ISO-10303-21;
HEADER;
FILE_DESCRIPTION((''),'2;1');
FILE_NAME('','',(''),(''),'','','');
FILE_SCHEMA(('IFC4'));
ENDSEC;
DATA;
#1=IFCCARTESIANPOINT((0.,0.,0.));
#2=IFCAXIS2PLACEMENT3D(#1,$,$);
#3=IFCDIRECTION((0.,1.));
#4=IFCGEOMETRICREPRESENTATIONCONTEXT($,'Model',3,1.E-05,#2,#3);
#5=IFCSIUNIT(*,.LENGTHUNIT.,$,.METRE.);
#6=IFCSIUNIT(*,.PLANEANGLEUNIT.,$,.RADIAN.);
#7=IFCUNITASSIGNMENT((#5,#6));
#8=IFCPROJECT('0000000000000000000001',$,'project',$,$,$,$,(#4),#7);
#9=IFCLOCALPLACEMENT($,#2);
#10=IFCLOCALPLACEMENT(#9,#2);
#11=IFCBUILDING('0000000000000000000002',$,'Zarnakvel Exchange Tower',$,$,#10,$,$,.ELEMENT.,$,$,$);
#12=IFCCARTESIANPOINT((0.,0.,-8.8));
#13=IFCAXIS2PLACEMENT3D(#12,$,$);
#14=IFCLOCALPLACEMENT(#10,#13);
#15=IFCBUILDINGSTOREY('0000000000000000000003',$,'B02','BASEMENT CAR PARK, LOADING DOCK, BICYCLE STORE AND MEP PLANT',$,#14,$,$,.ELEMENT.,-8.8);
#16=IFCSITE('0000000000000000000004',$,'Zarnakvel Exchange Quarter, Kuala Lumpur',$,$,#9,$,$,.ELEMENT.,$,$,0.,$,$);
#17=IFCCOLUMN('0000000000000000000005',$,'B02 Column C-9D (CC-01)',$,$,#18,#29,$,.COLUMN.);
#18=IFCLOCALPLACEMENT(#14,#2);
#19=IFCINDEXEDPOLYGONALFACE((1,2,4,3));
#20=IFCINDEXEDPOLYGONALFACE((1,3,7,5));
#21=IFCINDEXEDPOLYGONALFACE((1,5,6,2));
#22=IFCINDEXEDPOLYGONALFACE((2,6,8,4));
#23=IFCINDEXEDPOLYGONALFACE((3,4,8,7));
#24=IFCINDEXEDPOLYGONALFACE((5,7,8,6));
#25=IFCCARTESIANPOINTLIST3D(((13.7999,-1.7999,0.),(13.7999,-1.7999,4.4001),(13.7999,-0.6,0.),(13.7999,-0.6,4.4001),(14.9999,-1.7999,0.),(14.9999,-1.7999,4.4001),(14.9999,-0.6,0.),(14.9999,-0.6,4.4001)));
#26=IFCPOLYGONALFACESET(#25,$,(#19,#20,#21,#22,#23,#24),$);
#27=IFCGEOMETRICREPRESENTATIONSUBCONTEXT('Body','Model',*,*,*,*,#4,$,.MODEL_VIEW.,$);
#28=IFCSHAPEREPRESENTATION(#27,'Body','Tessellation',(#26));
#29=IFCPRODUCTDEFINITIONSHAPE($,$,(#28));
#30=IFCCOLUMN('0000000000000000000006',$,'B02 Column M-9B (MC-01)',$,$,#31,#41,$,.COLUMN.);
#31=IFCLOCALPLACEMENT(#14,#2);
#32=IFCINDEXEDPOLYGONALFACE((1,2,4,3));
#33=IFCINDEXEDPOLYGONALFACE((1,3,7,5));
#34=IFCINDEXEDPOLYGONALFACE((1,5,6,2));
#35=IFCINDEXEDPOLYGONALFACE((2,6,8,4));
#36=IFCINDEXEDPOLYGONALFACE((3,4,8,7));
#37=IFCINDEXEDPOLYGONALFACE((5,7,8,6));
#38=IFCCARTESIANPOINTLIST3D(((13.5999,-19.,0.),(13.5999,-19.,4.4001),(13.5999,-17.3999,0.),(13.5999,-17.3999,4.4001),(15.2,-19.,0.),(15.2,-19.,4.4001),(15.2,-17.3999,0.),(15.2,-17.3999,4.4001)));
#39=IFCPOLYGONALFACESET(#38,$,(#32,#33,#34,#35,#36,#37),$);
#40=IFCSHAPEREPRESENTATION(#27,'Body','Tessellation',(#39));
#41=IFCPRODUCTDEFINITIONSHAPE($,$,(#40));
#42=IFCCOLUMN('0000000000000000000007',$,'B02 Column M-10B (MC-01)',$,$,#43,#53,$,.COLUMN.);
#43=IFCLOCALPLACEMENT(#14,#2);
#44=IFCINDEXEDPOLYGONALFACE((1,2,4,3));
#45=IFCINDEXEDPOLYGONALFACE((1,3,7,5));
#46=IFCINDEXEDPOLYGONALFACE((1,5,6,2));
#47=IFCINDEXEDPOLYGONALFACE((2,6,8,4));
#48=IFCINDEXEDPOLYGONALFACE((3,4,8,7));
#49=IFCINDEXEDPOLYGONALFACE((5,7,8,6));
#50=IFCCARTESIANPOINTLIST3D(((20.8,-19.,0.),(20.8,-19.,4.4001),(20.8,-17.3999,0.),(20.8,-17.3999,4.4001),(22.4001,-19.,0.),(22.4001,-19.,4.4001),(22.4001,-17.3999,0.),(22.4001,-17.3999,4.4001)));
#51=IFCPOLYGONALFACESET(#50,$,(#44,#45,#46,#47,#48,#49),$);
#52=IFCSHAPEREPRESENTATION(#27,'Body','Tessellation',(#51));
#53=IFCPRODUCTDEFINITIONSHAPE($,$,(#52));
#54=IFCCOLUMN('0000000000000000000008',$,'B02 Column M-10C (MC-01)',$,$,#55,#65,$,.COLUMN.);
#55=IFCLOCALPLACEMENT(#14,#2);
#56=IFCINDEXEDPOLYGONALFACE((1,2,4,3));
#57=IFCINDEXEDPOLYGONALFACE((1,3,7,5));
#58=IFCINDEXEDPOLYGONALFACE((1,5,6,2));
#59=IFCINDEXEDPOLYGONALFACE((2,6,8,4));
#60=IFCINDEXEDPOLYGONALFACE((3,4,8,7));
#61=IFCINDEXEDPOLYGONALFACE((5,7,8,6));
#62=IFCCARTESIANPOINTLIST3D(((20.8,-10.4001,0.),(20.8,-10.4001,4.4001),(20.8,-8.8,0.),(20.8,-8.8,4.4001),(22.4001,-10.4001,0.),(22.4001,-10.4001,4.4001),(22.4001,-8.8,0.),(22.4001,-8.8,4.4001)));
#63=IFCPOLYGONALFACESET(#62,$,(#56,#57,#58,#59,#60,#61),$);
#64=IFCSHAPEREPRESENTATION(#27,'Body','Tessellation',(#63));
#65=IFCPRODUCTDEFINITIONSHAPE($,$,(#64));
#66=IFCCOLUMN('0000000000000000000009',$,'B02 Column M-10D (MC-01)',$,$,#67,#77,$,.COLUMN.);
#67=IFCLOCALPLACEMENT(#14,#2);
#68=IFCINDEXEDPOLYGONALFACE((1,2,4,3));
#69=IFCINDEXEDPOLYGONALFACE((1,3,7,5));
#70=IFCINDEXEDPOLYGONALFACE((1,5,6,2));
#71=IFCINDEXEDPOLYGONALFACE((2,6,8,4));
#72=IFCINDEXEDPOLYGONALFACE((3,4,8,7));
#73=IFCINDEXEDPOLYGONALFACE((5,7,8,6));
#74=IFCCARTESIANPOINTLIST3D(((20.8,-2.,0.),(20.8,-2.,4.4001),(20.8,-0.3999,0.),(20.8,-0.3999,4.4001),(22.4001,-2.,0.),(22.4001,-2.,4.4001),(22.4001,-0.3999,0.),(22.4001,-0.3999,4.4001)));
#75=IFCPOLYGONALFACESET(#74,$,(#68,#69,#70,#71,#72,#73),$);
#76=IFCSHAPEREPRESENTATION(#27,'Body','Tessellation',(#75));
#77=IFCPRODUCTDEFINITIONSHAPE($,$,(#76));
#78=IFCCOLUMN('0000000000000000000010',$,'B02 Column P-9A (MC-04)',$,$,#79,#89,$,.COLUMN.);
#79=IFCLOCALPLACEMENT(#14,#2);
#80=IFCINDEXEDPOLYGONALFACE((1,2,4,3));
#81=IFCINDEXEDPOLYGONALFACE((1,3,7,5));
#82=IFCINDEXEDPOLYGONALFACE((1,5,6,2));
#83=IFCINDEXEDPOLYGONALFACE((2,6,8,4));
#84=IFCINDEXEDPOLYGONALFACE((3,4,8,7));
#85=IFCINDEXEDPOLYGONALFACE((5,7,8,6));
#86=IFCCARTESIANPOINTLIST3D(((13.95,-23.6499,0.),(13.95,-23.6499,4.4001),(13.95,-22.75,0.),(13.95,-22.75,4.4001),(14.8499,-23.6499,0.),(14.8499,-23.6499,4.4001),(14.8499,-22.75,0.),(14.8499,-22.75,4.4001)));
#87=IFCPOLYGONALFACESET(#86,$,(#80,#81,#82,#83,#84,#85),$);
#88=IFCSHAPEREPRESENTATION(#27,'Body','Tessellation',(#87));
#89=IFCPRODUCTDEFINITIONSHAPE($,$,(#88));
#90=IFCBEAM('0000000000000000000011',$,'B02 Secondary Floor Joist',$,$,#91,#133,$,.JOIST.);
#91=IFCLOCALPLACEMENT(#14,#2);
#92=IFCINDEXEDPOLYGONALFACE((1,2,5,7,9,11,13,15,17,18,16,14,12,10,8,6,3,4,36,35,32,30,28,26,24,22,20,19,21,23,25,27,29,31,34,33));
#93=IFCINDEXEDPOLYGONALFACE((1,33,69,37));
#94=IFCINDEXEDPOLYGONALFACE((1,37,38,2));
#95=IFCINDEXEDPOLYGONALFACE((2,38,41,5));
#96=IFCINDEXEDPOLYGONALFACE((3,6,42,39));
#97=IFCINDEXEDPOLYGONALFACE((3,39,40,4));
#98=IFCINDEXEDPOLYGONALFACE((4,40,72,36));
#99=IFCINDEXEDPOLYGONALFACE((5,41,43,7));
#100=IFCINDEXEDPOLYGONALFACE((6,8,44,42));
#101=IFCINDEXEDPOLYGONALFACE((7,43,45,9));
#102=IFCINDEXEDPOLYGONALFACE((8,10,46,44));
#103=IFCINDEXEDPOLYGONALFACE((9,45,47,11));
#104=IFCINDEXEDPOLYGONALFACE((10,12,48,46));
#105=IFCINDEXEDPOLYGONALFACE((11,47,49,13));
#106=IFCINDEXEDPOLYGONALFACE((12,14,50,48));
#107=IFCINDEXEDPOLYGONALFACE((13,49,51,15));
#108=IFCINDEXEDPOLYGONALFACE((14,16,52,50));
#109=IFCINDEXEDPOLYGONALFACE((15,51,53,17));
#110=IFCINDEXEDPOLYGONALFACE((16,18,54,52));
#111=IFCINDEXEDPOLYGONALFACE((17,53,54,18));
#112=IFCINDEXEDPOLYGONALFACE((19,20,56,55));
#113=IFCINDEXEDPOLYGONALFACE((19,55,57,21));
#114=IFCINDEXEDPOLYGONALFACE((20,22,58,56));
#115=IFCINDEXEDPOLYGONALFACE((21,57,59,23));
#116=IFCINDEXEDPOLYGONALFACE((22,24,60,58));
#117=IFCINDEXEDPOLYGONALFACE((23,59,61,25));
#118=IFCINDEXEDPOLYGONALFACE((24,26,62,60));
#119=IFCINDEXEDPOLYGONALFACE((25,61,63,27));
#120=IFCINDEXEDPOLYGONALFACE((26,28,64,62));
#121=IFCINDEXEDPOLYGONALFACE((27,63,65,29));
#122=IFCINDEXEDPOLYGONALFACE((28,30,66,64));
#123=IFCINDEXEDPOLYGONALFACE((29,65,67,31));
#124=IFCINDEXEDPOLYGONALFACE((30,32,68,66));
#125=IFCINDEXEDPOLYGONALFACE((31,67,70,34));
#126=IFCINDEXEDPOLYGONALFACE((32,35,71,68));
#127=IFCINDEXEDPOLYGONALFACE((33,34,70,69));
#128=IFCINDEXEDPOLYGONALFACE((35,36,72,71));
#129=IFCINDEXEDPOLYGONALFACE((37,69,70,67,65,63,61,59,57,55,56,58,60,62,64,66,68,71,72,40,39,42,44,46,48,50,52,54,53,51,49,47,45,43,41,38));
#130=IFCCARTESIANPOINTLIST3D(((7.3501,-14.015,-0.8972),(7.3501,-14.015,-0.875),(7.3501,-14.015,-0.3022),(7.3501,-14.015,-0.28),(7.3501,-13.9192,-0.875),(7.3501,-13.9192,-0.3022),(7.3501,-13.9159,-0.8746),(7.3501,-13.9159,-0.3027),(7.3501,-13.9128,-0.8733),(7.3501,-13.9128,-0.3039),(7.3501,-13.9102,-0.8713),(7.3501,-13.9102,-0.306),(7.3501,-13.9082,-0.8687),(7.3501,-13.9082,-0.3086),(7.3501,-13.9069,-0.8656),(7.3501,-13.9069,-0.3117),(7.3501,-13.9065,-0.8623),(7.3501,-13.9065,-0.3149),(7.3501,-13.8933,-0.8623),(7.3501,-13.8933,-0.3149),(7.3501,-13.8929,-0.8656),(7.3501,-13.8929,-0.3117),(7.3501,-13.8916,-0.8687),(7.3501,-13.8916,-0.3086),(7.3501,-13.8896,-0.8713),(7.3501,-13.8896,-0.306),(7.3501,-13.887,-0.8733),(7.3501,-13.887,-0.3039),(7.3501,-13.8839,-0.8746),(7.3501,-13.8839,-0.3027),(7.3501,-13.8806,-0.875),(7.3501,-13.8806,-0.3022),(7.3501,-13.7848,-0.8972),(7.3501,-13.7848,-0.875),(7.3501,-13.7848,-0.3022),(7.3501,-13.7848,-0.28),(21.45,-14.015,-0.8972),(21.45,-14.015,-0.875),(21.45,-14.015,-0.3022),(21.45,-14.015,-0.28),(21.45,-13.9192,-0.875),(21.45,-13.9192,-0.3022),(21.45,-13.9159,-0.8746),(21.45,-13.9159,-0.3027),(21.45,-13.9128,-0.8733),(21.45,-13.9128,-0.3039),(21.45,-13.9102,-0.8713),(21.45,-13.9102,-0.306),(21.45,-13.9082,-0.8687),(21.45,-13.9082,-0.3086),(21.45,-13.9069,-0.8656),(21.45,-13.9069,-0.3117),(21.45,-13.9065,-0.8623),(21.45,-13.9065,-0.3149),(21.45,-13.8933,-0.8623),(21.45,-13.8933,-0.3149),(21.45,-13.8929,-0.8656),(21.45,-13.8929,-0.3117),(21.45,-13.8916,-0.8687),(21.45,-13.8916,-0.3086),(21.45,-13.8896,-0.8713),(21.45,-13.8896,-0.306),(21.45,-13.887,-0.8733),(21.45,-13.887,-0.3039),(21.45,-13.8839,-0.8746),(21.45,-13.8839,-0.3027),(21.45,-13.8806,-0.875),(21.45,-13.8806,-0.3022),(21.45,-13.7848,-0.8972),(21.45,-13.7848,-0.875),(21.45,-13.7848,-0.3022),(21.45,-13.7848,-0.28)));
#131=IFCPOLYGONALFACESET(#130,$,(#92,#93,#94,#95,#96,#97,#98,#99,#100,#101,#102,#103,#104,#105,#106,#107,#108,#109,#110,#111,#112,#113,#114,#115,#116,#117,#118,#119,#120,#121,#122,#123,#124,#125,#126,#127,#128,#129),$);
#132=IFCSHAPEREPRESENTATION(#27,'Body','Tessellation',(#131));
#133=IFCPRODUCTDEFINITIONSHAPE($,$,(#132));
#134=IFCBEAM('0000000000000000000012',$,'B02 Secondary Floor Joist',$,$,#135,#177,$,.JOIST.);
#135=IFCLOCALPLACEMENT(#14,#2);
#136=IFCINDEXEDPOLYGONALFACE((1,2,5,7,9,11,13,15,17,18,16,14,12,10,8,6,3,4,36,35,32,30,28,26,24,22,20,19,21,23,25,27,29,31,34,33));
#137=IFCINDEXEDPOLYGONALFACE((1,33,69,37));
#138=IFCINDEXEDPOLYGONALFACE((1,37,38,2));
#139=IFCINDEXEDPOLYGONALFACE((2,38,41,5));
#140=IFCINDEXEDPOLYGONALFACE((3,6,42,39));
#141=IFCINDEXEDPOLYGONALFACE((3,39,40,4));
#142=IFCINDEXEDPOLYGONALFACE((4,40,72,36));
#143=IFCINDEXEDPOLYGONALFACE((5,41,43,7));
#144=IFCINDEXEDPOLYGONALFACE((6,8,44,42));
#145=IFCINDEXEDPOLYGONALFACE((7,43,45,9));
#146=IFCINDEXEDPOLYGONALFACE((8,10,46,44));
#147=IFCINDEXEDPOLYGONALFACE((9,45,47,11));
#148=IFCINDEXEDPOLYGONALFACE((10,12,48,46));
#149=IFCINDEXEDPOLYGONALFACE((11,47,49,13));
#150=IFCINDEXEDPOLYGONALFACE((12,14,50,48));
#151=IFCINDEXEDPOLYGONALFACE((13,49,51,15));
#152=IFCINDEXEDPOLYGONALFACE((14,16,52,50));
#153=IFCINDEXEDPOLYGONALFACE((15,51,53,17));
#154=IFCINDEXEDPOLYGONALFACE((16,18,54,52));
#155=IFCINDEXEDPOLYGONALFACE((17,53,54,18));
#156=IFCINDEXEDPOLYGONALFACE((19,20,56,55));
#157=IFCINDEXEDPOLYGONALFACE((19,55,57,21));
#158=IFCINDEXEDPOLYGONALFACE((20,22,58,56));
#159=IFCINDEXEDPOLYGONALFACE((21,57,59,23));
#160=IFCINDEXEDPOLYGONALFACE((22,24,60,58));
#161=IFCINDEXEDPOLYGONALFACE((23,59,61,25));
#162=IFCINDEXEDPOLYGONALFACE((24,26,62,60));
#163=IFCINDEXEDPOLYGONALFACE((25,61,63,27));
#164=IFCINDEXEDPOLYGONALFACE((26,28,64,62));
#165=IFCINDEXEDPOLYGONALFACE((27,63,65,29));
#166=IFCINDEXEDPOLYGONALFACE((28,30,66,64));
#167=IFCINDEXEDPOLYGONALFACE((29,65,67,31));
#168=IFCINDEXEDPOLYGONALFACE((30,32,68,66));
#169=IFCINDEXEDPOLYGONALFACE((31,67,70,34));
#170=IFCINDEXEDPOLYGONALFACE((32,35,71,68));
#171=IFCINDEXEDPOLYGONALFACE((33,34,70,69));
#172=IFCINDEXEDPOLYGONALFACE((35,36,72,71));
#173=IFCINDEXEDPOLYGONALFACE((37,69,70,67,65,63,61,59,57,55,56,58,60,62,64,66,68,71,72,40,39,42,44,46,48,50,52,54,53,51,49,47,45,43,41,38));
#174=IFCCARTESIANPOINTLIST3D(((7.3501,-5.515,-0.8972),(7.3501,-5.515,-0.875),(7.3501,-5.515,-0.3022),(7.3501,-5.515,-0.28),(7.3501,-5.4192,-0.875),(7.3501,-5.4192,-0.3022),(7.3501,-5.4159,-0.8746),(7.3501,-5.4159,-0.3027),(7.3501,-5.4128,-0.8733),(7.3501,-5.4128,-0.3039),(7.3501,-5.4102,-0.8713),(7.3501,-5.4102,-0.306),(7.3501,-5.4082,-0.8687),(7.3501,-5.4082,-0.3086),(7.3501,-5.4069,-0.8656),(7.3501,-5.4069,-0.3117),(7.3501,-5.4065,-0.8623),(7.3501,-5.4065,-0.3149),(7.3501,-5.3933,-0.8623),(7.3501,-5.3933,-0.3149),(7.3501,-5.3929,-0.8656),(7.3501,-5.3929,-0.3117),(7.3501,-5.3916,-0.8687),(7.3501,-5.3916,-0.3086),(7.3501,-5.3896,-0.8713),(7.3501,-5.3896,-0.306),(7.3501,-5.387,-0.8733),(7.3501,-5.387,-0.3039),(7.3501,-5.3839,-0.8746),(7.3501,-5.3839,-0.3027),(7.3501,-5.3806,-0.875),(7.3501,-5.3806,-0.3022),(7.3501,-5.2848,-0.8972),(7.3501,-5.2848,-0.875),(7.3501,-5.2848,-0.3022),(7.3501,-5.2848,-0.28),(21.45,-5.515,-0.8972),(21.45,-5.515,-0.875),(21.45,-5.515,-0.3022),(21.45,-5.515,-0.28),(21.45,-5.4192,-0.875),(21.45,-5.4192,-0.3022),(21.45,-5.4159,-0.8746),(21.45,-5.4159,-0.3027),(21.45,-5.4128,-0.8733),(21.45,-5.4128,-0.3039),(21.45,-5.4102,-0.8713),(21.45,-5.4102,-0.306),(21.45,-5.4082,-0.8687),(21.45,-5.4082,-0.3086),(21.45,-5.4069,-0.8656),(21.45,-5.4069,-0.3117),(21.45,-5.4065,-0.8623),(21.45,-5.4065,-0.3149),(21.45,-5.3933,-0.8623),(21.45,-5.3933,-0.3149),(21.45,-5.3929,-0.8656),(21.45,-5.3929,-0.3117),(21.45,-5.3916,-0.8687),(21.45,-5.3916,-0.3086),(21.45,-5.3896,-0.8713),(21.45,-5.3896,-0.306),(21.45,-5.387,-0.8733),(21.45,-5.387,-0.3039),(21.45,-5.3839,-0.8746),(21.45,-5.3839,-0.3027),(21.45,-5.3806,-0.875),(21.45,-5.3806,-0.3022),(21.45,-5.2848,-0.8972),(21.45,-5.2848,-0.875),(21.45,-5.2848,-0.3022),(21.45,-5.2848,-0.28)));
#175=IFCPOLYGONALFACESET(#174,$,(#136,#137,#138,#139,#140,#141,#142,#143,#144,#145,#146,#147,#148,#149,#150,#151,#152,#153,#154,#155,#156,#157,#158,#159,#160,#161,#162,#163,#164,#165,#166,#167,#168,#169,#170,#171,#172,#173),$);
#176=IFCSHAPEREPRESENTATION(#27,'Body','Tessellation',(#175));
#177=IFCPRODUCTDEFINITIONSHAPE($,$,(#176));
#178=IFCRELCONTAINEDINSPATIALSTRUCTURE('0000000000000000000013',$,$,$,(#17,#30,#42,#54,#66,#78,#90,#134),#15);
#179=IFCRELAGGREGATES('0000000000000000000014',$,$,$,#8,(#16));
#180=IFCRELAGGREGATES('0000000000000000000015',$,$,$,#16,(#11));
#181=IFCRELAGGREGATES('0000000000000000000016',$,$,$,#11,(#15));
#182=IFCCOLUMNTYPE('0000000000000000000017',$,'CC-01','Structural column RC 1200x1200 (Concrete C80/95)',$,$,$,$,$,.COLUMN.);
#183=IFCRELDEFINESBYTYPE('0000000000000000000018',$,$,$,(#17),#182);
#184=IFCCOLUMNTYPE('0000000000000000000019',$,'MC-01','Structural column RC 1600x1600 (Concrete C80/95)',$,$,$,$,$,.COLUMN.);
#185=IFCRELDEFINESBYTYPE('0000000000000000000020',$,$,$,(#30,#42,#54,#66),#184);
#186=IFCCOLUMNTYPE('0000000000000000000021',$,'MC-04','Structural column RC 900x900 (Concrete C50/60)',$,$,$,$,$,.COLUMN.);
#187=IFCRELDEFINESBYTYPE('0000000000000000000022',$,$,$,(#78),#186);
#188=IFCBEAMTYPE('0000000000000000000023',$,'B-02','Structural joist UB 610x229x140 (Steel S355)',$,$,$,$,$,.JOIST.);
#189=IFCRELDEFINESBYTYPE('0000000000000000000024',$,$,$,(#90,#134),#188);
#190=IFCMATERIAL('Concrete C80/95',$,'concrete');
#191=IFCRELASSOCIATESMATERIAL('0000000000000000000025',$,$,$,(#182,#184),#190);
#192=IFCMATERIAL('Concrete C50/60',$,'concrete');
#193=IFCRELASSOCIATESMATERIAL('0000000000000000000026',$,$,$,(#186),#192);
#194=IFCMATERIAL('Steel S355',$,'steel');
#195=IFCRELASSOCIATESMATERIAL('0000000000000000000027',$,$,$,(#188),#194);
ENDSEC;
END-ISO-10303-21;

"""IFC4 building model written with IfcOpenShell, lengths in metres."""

from ifc_helpers import new_model, si_unit, direction, frame, origin, origin_2d, place, context, subcontext, project, spatial, rectangle, i_section, extrude, material, material_profile, profile_set, type_object, element, save


model = new_model("IFC4")

# Units and contexts
model_context = context("Model", 3, precision=1e-05, world=origin(), true_north=direction((0.0, 1.0)))
body_context = subcontext(model_context, "Body", "Model", "MODEL_VIEW")
ifc_project = project(units=[si_unit("LENGTHUNIT", "METRE"), si_unit("PLANEANGLEUNIT", "RADIAN")], contexts=[model_context])

# Site, building, storey
site_placement = place(None, origin())
site = spatial("IfcSite", under=ifc_project, at=site_placement, Name="Zarnakvel Exchange Quarter, Kuala Lumpur", CompositionType="ELEMENT", RefElevation=0.0)
building_placement = place(site_placement, origin())
building = spatial("IfcBuilding", under=site, at=building_placement, Name="Zarnakvel Exchange Tower", CompositionType="ELEMENT")
storey_placement = place(building_placement, frame((0.0, 0.0, -8.8)))
storey = spatial("IfcBuildingStorey", under=building, at=storey_placement, Name="B02", Description="BASEMENT CAR PARK, LOADING DOCK, BICYCLE STORE AND MEP PLANT", CompositionType="ELEMENT", Elevation=-8.8)

# Columns
ifc_material_1 = material(Name="Concrete C80/95", Category="concrete")
ifc_material_profile_1 = material_profile(ifc_material_1, rectangle(XDim=1.2, YDim=1.2, at=origin_2d()))
ifc_profile_set_1 = profile_set([ifc_material_profile_1], Name="Concrete C80/95")
column_type_1 = type_object("IfcColumnType", Name="CC-01", Description="Structural column RC 1200x1200 (Concrete C80/95)", PredefinedType="COLUMN", material=ifc_profile_set_1)
column_1_placement = place(storey_placement, frame((14.3999, -1.2, 0.0), z_axis=(0.0, 0.0, 1.0), x_axis=(1.0, 0.0, 0.0)))
element("IfcColumn", 1, at=column_1_placement, inside=storey, type_object=column_type_1, Name="B02 Column C-9D (CC-01)", PredefinedType="COLUMN", context=body_context, shape_type="SweptSolid", body=[
    extrude(rectangle(XDim=1.2, YDim=1.2, at=origin_2d()), origin(), (0.0, 0.0, 1.0), 4.4001),
])
ifc_material_profile_2 = material_profile(ifc_material_1, rectangle(XDim=1.6001, YDim=1.6001, at=origin_2d()))
ifc_profile_set_2 = profile_set([ifc_material_profile_2], Name="Concrete C80/95")
column_type_2 = type_object("IfcColumnType", Name="MC-01", Description="Structural column RC 1600x1600 (Concrete C80/95)", PredefinedType="COLUMN", material=ifc_profile_set_2)
for number, where, z_axis, x_axis, name in (
    (2, (14.3999, -18.2, 0.0), (0.0, 0.0, 1.0), (1.0, 0.0, 0.0), "B02 Column M-9B (MC-01)"),
    (3, (21.6001, -18.2, 0.0), (0.0, 0.0, 1.0), (1.0, 0.0, 0.0), "B02 Column M-10B (MC-01)"),
    (4, (21.6001, -9.6001, 0.0), (0.0, 0.0, 1.0), (1.0, 0.0, 0.0), "B02 Column M-10C (MC-01)"),
    (5, (21.6001, -1.2, 0.0), (0.0, 0.0, 1.0), (1.0, 0.0, 0.0), "B02 Column M-10D (MC-01)"),
):
    element("IfcColumn", number, at=place(storey_placement, frame(where, z_axis=z_axis, x_axis=x_axis)), inside=storey, type_object=column_type_2, Name=name, PredefinedType="COLUMN", context=body_context, shape_type="SweptSolid", body=[
        extrude(rectangle(XDim=1.6001, YDim=1.6001, at=origin_2d()), origin(), (0.0, 0.0, 1.0), 4.4001),
    ])
ifc_material_2 = material(Name="Concrete C50/60", Category="concrete")
ifc_material_profile_3 = material_profile(ifc_material_2, rectangle(XDim=0.8999, YDim=0.8999, at=origin_2d()))
ifc_profile_set_3 = profile_set([ifc_material_profile_3], Name="Concrete C50/60")
column_type_3 = type_object("IfcColumnType", Name="MC-04", Description="Structural column RC 900x900 (Concrete C50/60)", PredefinedType="COLUMN", material=ifc_profile_set_3)
column_2_placement = place(storey_placement, frame((14.3999, -23.2, 0.0), z_axis=(0.0, 0.0, 1.0), x_axis=(1.0, 0.0, 0.0)))
element("IfcColumn", 6, at=column_2_placement, inside=storey, type_object=column_type_3, Name="B02 Column P-9A (MC-04)", PredefinedType="COLUMN", context=body_context, shape_type="SweptSolid", body=[
    extrude(rectangle(XDim=0.8999, YDim=0.8999, at=origin_2d()), origin(), (0.0, 0.0, 1.0), 4.4001),
])

# Beams
ifc_material_3 = material(Name="Steel S355", Category="steel")
ifc_material_profile_4 = material_profile(ifc_material_3, i_section(OverallWidth=0.2302, OverallDepth=0.6172, WebThickness=0.0132, FlangeThickness=0.0222, FilletRadius=0.0127, at=origin_2d()))
ifc_profile_set_4 = profile_set([ifc_material_profile_4], Name="Steel S355")
beam_type_1 = type_object("IfcBeamType", Name="B-02", Description="Structural joist UB 610x229x140 (Steel S355)", PredefinedType="JOIST", material=ifc_profile_set_4)
for number, where, z_axis, x_axis, name in (
    (7, (7.3501, -13.8999, -0.5886), (1.0, 0.0, 0.0), (0.0, 1.0, 0.0), "B02 Secondary Floor Joist"),
    (8, (7.3501, -5.3999, -0.5886), (1.0, 0.0, 0.0), (0.0, 1.0, 0.0), "B02 Secondary Floor Joist"),
):
    element("IfcBeam", number, at=place(storey_placement, frame(where, z_axis=z_axis, x_axis=x_axis)), inside=storey, type_object=beam_type_1, Name=name, PredefinedType="JOIST", context=body_context, shape_type="SweptSolid", body=[
        extrude(i_section(OverallWidth=0.2302, OverallDepth=0.6172, WebThickness=0.0132, FlangeThickness=0.0222, FilletRadius=0.0127, at=origin_2d()), origin(), (0.0, 0.0, 1.0), 14.0999),
    ])

save(model, "model.ifc")
